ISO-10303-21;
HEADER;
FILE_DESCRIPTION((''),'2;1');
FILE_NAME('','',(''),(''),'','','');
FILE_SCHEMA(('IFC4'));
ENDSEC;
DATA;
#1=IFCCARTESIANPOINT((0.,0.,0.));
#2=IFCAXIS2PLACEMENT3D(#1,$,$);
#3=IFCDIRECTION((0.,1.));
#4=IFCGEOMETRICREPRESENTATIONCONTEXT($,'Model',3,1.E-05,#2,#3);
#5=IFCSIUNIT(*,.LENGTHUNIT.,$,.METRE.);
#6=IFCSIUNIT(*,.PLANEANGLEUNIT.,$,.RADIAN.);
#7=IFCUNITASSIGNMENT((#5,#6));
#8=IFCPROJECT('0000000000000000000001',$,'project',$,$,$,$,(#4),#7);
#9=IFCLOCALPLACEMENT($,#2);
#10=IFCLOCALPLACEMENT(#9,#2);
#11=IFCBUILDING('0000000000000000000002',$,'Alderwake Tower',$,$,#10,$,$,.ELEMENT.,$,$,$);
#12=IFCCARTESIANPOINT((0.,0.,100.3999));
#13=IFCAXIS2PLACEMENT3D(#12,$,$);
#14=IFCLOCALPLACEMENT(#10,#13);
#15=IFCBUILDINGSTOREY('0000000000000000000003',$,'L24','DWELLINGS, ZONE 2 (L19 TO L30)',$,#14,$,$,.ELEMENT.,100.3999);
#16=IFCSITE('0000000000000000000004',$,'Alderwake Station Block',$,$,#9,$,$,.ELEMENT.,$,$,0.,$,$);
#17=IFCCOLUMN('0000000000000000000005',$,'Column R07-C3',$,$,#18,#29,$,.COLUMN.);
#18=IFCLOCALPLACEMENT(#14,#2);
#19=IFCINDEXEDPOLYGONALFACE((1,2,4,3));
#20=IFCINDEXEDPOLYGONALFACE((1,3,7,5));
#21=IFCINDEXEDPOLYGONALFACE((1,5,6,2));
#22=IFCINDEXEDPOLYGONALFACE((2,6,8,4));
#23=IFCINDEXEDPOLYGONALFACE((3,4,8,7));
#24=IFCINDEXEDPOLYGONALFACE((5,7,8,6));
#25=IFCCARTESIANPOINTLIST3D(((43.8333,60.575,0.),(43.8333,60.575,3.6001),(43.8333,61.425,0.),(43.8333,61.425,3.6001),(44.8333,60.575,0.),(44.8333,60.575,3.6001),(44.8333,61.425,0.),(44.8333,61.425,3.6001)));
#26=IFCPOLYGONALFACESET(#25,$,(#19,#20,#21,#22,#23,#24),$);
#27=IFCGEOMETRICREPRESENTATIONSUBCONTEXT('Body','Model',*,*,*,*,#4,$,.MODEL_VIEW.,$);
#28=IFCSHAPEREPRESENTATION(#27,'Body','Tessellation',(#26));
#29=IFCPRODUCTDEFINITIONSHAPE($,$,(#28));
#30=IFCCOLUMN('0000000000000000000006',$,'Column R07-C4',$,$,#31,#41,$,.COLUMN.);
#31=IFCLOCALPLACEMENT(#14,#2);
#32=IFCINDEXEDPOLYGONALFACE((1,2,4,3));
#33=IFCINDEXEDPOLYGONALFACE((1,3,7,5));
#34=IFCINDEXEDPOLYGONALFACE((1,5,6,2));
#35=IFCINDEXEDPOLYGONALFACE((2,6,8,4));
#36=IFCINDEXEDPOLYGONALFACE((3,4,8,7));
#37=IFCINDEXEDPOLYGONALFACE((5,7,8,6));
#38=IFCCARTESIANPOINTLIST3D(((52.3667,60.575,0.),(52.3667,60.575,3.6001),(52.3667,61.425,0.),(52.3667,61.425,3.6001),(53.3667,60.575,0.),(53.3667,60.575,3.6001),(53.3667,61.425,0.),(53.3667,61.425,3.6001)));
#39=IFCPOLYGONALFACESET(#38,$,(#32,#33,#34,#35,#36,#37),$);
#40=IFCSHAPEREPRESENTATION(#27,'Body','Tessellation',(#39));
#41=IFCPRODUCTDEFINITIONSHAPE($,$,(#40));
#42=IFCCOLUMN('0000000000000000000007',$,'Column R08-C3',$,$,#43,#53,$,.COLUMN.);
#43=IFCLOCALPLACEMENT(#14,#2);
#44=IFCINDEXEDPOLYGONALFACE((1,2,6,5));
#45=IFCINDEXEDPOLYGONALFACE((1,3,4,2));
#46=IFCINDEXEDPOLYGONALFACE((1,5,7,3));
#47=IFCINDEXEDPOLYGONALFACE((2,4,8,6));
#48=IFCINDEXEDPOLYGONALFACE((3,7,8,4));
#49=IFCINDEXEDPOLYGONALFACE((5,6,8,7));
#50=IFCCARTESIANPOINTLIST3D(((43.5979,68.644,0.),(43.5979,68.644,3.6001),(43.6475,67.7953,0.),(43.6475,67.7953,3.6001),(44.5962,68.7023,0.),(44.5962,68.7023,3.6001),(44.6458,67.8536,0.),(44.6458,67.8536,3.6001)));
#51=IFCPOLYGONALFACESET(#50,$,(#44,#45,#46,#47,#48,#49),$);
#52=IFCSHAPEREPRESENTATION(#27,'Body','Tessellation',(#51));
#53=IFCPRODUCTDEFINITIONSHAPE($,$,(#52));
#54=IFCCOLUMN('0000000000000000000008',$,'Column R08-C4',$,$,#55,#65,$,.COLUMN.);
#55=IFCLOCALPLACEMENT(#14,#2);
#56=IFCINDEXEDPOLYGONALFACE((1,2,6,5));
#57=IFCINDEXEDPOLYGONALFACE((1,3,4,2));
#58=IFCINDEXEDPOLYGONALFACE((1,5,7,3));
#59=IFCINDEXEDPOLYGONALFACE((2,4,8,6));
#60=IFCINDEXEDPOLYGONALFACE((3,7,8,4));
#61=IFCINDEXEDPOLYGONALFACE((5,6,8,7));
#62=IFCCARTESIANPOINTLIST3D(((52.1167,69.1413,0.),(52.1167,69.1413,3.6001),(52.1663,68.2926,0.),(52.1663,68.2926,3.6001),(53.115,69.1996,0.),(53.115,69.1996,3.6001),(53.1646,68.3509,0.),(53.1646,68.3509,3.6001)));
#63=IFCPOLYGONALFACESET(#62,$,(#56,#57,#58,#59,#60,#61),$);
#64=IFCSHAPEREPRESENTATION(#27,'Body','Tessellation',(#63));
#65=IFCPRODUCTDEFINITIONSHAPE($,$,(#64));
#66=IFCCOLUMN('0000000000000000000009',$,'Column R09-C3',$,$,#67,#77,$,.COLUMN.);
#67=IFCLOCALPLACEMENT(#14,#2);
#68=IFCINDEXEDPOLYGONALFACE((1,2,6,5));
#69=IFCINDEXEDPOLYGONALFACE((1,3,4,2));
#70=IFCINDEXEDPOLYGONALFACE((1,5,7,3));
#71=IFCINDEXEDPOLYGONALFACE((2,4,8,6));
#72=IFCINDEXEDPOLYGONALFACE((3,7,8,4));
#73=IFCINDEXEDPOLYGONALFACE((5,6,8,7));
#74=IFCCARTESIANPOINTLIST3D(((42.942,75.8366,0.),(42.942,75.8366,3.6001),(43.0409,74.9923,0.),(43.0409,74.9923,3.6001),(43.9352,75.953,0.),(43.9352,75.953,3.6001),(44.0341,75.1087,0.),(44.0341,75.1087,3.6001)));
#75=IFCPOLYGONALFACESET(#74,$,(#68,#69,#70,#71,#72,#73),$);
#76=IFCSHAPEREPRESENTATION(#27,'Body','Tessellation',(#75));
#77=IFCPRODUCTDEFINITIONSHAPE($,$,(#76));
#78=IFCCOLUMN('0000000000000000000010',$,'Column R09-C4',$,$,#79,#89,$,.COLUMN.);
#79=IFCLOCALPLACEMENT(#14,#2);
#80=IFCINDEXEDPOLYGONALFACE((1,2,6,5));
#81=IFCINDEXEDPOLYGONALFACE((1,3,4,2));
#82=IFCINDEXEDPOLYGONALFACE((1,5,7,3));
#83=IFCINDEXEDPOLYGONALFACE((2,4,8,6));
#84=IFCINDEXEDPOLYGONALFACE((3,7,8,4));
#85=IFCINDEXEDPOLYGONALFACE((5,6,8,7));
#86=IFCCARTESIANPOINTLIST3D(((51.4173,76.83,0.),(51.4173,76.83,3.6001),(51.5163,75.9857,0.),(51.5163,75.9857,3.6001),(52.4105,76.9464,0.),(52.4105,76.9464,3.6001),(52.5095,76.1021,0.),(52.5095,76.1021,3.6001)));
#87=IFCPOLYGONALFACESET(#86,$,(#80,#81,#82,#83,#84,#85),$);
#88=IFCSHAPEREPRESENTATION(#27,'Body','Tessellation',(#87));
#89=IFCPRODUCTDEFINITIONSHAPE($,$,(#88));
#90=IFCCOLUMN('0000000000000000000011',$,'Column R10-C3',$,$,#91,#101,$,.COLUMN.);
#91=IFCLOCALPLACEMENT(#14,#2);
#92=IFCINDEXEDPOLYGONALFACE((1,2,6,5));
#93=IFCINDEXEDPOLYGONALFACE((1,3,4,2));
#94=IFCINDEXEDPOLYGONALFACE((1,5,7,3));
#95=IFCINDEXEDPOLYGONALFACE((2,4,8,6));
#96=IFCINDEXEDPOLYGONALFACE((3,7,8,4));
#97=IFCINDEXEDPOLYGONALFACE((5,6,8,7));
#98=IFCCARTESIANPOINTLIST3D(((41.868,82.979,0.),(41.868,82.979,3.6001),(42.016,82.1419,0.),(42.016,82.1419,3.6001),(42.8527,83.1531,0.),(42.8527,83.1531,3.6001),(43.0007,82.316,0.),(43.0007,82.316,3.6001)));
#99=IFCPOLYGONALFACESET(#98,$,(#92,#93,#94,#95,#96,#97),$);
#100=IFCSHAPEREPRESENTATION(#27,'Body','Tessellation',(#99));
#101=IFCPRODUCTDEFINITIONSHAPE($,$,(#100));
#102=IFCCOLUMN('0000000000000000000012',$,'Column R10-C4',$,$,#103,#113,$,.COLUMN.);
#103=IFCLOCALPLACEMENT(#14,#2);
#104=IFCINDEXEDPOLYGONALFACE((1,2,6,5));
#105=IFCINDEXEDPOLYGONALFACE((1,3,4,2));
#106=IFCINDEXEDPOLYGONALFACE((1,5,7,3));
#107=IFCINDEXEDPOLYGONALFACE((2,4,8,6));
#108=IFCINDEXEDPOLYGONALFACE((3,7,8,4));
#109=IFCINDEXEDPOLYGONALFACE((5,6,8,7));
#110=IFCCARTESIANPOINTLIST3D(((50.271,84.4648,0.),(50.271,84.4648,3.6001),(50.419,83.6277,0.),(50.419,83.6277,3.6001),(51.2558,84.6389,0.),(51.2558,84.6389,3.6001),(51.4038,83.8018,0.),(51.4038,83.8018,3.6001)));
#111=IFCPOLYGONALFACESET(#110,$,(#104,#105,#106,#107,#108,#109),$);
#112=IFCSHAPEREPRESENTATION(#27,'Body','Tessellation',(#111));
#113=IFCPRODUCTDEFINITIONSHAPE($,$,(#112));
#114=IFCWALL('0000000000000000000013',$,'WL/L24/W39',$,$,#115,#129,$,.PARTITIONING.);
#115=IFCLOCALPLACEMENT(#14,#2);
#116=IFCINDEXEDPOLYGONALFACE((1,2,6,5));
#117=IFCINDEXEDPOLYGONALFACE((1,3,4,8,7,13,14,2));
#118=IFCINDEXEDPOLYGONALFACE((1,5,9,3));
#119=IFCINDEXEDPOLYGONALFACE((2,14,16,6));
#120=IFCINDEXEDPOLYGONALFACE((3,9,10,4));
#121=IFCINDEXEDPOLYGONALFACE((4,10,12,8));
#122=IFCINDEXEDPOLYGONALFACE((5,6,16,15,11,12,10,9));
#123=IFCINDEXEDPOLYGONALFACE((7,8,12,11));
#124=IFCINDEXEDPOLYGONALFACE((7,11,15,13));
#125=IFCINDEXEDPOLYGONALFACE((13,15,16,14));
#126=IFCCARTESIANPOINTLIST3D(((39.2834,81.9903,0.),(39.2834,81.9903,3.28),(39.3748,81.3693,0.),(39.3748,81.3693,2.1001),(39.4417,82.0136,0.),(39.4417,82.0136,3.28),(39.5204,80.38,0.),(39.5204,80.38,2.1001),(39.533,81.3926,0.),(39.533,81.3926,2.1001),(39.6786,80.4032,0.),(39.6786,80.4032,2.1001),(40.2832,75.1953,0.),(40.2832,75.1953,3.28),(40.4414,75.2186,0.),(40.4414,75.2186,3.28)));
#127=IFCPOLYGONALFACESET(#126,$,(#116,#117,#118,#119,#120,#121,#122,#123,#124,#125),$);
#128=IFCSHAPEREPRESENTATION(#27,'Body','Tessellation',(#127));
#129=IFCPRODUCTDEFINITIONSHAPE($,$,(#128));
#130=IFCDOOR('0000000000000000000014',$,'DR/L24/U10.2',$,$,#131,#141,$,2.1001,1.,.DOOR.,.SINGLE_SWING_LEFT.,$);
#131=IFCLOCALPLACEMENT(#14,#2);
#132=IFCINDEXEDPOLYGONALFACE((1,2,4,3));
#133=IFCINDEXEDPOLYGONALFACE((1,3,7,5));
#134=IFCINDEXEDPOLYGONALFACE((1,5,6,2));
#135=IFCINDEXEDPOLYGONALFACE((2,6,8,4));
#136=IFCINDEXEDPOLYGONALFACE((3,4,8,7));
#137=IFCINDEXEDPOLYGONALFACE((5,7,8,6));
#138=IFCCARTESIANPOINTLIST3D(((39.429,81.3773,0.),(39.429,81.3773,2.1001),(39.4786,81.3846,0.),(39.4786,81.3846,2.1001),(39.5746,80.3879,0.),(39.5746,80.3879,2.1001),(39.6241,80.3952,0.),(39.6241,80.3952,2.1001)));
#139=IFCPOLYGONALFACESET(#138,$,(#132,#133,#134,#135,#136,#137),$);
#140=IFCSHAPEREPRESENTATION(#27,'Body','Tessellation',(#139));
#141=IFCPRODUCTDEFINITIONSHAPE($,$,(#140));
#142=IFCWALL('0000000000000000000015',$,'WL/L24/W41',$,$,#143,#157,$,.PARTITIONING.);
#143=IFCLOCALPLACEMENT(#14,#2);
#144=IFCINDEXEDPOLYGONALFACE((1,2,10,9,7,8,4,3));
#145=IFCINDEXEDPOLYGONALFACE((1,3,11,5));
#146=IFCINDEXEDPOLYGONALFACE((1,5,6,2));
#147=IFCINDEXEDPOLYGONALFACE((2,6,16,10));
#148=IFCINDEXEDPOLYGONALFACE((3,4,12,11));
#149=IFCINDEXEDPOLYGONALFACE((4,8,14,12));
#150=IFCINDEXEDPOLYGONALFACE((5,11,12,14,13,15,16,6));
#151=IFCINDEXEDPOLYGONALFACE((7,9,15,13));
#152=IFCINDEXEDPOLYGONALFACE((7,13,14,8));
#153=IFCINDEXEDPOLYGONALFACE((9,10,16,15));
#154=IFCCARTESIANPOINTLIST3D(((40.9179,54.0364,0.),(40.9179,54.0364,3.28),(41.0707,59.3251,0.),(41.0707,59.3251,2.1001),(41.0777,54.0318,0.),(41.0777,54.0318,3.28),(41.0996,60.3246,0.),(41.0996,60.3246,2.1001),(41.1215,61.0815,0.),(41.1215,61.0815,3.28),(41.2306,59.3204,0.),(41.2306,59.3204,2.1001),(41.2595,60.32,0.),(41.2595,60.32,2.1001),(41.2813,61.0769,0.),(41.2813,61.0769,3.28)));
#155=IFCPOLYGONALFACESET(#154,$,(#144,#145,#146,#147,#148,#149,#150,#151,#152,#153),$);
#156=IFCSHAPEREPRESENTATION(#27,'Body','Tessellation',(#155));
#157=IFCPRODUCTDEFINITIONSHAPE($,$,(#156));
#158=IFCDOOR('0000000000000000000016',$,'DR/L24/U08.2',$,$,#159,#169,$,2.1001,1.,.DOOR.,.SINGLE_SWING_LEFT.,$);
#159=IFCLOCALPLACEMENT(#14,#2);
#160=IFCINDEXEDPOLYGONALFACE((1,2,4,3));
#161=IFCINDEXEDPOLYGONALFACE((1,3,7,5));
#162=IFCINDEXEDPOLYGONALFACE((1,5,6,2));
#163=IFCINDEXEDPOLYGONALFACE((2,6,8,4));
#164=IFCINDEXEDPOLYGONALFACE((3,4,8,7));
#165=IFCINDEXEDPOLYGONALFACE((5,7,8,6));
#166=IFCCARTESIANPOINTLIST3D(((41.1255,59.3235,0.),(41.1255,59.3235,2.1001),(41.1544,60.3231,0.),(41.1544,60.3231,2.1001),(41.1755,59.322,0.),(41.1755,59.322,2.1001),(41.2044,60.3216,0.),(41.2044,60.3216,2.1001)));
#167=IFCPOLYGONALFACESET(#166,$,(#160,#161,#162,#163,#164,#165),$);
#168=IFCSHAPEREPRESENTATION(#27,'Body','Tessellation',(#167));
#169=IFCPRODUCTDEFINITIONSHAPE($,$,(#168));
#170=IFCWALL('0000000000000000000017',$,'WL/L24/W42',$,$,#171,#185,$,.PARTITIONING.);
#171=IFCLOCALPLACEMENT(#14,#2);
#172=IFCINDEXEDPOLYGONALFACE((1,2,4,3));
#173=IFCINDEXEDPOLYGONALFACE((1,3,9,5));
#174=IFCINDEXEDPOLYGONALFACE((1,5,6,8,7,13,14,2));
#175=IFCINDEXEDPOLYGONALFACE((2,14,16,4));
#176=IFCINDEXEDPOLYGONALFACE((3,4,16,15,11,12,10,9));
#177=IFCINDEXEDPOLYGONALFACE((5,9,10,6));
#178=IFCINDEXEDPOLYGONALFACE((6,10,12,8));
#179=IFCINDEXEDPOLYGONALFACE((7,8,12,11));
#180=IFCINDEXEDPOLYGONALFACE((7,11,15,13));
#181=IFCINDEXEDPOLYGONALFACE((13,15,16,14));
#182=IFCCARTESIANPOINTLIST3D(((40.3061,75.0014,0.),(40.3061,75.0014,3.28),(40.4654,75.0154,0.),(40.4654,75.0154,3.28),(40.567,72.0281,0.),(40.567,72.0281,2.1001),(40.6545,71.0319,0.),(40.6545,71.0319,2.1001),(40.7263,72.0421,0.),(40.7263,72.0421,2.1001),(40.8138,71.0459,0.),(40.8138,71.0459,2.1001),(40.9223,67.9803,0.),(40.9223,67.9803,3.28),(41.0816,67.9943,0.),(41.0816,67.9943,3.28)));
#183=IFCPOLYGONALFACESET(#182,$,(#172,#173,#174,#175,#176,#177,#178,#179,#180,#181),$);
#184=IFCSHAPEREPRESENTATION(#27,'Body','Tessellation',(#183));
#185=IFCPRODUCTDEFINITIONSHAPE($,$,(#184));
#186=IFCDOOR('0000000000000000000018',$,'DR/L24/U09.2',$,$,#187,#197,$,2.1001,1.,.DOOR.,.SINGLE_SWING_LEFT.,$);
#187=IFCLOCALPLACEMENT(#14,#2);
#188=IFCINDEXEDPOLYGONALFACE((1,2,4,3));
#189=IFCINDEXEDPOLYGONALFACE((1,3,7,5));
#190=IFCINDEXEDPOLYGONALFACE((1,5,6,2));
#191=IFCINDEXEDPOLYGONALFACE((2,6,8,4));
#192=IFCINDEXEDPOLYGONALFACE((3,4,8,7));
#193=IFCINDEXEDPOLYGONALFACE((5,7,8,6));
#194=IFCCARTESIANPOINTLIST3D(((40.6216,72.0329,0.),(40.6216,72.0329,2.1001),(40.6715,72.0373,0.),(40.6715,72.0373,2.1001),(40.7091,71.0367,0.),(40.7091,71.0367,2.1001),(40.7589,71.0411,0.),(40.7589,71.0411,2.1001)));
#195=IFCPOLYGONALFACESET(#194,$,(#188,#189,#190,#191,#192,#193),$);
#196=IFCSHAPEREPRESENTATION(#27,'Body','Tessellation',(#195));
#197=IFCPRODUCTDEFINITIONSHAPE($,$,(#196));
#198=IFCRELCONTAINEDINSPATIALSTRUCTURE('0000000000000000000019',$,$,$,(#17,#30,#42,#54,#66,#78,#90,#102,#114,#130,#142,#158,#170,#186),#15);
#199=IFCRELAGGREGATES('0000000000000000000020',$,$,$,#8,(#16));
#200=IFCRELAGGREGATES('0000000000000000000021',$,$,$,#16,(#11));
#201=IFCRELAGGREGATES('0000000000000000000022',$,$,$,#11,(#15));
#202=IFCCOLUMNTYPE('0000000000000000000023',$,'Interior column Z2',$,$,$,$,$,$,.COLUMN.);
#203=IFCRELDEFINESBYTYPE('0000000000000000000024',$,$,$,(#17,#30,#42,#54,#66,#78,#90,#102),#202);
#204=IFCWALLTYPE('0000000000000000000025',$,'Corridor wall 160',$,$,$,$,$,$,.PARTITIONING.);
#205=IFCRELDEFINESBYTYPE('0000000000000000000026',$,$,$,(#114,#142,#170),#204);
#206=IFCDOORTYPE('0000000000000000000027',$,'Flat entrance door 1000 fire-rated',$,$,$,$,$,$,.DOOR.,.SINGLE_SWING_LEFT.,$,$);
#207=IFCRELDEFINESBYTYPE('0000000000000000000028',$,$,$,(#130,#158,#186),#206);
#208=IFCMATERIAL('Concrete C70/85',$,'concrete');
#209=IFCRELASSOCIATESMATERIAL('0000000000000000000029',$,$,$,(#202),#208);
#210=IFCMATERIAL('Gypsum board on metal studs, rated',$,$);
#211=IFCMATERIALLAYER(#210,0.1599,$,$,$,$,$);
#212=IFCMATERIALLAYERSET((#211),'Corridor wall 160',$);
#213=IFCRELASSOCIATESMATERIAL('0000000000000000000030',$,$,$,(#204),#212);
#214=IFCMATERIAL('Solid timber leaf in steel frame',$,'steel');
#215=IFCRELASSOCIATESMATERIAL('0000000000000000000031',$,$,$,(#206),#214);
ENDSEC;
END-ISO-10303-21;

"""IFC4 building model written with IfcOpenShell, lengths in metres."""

from ifc_helpers import new_model, si_unit, direction, frame, frame_2d, origin, origin_2d, place, context, subcontext, project, spatial, rectangle, extrude, material, layer, layer_set, material_profile, profile_set, type_object, element, fill, save


model = new_model("IFC4")

# Units and contexts
model_context = context("Model", 3, precision=1e-05, world=origin(), true_north=direction((0.0, 1.0)))
body_context = subcontext(model_context, "Body", "Model", "MODEL_VIEW")
ifc_project = project(units=[si_unit("LENGTHUNIT", "METRE"), si_unit("PLANEANGLEUNIT", "RADIAN")], contexts=[model_context])

# Site, building, storey
site_placement = place(None, origin())
site = spatial("IfcSite", under=ifc_project, at=site_placement, Name="Alderwake Station Block", CompositionType="ELEMENT", RefElevation=0.0)
building_placement = place(site_placement, origin())
building = spatial("IfcBuilding", under=site, at=building_placement, Name="Alderwake Tower", CompositionType="ELEMENT")
storey_placement = place(building_placement, frame((0.0, 0.0, 100.3999)))
storey = spatial("IfcBuildingStorey", under=building, at=storey_placement, Name="L24", Description="DWELLINGS, ZONE 2 (L19 TO L30)", CompositionType="ELEMENT", Elevation=100.3999)

# Columns
ifc_material_1 = material(Name="Concrete C70/85", Category="concrete")
ifc_material_profile = material_profile(ifc_material_1, rectangle(XDim=0.8501, YDim=1.0, at=origin_2d()), Name="RC 1000X850")
ifc_profile_set = profile_set([ifc_material_profile], Name="Concrete C70/85")
column_type = type_object("IfcColumnType", Name="Interior column Z2", PredefinedType="COLUMN", material=ifc_profile_set)
for number, where, z_axis, x_axis, name in (
    (1, (44.3333, 61.0, 0.0), (0.0, 0.0, 1.0), (0.0, 1.0, 0.0), "Column R07-C3"),
    (2, (52.8667, 61.0, 0.0), (0.0, 0.0, 1.0), (0.0, 1.0, 0.0), "Column R07-C4"),
    (3, (44.1218, 68.2488, 0.0), (0.0, 0.0, 1.0), (-0.058301, 0.998299, 0.0), "Column R08-C3"),
    (4, (52.6406, 68.7461, 0.0), (0.0, 0.0, 1.0), (-0.058301, 0.998299, 0.0), "Column R08-C4"),
    (5, (43.488, 75.4727, 0.0), (0.0, 0.0, 1.0), (-0.116402, 0.993202, 0.0), "Column R09-C3"),
    (6, (51.9634, 76.4661, 0.0), (0.0, 0.0, 1.0), (-0.116402, 0.993202, 0.0), "Column R09-C4"),
    (7, (42.4343, 82.6475, 0.0), (0.0, 0.0, 1.0), (-0.174107, 0.984727, 0.0), "Column R10-C3"),
    (8, (50.8374, 84.1333, 0.0), (0.0, 0.0, 1.0), (-0.174109, 0.984726, 0.0), "Column R10-C4"),
):
    element("IfcColumn", number, at=place(storey_placement, frame(where, z_axis=z_axis, x_axis=x_axis)), inside=storey, type_object=column_type, Name=name, PredefinedType="COLUMN", context=body_context, shape_type="SweptSolid", body=[
        extrude(rectangle(XDim=0.8501, YDim=1.0, at=origin_2d()), origin(), (0.0, 0.0, 1.0), 3.6001),
    ])

# Walls, openings, doors
ifc_material_2 = material(Name="Gypsum board on metal studs, rated")
ifc_layer_1 = layer(ifc_material_2, 0.1599)
ifc_layer_set_1 = layer_set([ifc_layer_1], Name="Corridor wall 160")
wall_type_1 = type_object("IfcWallType", Name="Corridor wall 160", PredefinedType="PARTITIONING", material=ifc_layer_set_1)
wall_1_placement = place(storey_placement, frame((39.3625, 82.002, 0.0), z_axis=(0.0, 0.0, 1.0), x_axis=(0.145566, -0.989349, 0.0)))
wall_1 = element("IfcWall", 9, at=wall_1_placement, inside=storey, type_object=wall_type_1, Name="WL/L24/W39", PredefinedType="PARTITIONING", context=body_context, shape_type="SweptSolid", body=[
    extrude(rectangle(XDim=6.8682, YDim=0.1599, at=frame_2d((3.4341, 0.0))), origin(), (0.0, 0.0, 1.0), 3.28),
])
opening_1_placement = place(wall_1_placement, frame((0.6277, 0.0, 0.0)))
opening_1 = element("IfcOpeningElement", 10, at=opening_1_placement, cuts=wall_1, PredefinedType="OPENING", context=body_context, shape_type="SweptSolid", body=[
    extrude(rectangle(XDim=1.0, YDim=2.1001, at=frame_2d((0.5, 1.05))), frame((0.0, 0.0898, 0.0), z_axis=(0.0, -1.0, 0.0), x_axis=(1.0, 0.0, 0.0)), (0.0, 0.0, 1.0), 0.1799),
])
ifc_material_3 = material(Name="Solid timber leaf in steel frame", Category="steel")
door_type_1 = type_object("IfcDoorType", Name="Flat entrance door 1000 fire-rated", OperationType="SINGLE_SWING_LEFT", PredefinedType="DOOR", material=ifc_material_3)
door_1_placement = place(opening_1_placement, origin())
door_1 = element("IfcDoor", 11, at=door_1_placement, inside=storey, type_object=door_type_1, Name="DR/L24/U10.2", OperationType="SINGLE_SWING_LEFT", OverallHeight=2.1001, OverallWidth=1.0, PredefinedType="DOOR", context=body_context, shape_type="SweptSolid", body=[
    extrude(rectangle(XDim=1.0, YDim=2.1001, at=frame_2d((0.5, 1.05))), frame((0.0, 0.0249, 0.0), z_axis=(0.0, -1.0, 0.0), x_axis=(1.0, 0.0, 0.0)), (0.0, 0.0, 1.0), 0.05),
])
fill(opening_1, door_1)
wall_2_placement = place(storey_placement, frame((41.2014, 61.0791, 0.0), z_axis=(0.0, 0.0, 1.0), x_axis=(-0.028889, -0.999583, 0.0)))
wall_2 = element("IfcWall", 12, at=wall_2_placement, inside=storey, type_object=wall_type_1, Name="WL/L24/W41", PredefinedType="PARTITIONING", context=body_context, shape_type="SweptSolid", body=[
    extrude(rectangle(XDim=7.0481, YDim=0.1599, at=frame_2d((3.5239, 0.0))), origin(), (0.0, 0.0, 1.0), 3.28),
])
opening_2_placement = place(wall_2_placement, frame((0.7571, 0.0, 0.0)))
opening_2 = element("IfcOpeningElement", 13, at=opening_2_placement, cuts=wall_2, PredefinedType="OPENING", context=body_context, shape_type="SweptSolid", body=[
    extrude(rectangle(XDim=1.0, YDim=2.1001, at=frame_2d((0.5, 1.05))), frame((0.0, 0.0898, 0.0), z_axis=(0.0, -1.0, 0.0), x_axis=(1.0, 0.0, 0.0)), (0.0, 0.0, 1.0), 0.1799),
])
door_2_placement = place(opening_2_placement, origin())
door_2 = element("IfcDoor", 14, at=door_2_placement, inside=storey, type_object=door_type_1, Name="DR/L24/U08.2", OperationType="SINGLE_SWING_LEFT", OverallHeight=2.1001, OverallWidth=1.0, PredefinedType="DOOR", context=body_context, shape_type="SweptSolid", body=[
    extrude(rectangle(XDim=1.0, YDim=2.1001, at=frame_2d((0.5, 1.05))), frame((0.0, 0.0249, 0.0), z_axis=(0.0, -1.0, 0.0), x_axis=(1.0, 0.0, 0.0)), (0.0, 0.0, 1.0), 0.05),
])
fill(opening_2, door_2)
wall_3_placement = place(storey_placement, frame((40.3857, 75.0083, 0.0), z_axis=(0.0, 0.0, 1.0), x_axis=(0.087431, -0.996171, 0.0)))
wall_3 = element("IfcWall", 15, at=wall_3_placement, inside=storey, type_object=wall_type_1, Name="WL/L24/W42", PredefinedType="PARTITIONING", context=body_context, shape_type="SweptSolid", body=[
    extrude(rectangle(XDim=7.0481, YDim=0.1599, at=frame_2d((3.5239, 0.0))), origin(), (0.0, 0.0, 1.0), 3.28),
])
opening_3_placement = place(wall_3_placement, frame((2.9846, 0.0, 0.0)))
opening_3 = element("IfcOpeningElement", 16, at=opening_3_placement, cuts=wall_3, PredefinedType="OPENING", context=body_context, shape_type="SweptSolid", body=[
    extrude(rectangle(XDim=1.0, YDim=2.1001, at=frame_2d((0.5, 1.05))), frame((0.0, 0.0898, 0.0), z_axis=(0.0, -1.0, 0.0), x_axis=(1.0, 0.0, 0.0)), (0.0, 0.0, 1.0), 0.1799),
])
door_3_placement = place(opening_3_placement, origin())
door_3 = element("IfcDoor", 17, at=door_3_placement, inside=storey, type_object=door_type_1, Name="DR/L24/U09.2", OperationType="SINGLE_SWING_LEFT", OverallHeight=2.1001, OverallWidth=1.0, PredefinedType="DOOR", context=body_context, shape_type="SweptSolid", body=[
    extrude(rectangle(XDim=1.0, YDim=2.1001, at=frame_2d((0.5, 1.05))), frame((0.0, 0.0249, 0.0), z_axis=(0.0, -1.0, 0.0), x_axis=(1.0, 0.0, 0.0)), (0.0, 0.0, 1.0), 0.05),
])
fill(opening_3, door_3)

save(model, "model.ifc")
